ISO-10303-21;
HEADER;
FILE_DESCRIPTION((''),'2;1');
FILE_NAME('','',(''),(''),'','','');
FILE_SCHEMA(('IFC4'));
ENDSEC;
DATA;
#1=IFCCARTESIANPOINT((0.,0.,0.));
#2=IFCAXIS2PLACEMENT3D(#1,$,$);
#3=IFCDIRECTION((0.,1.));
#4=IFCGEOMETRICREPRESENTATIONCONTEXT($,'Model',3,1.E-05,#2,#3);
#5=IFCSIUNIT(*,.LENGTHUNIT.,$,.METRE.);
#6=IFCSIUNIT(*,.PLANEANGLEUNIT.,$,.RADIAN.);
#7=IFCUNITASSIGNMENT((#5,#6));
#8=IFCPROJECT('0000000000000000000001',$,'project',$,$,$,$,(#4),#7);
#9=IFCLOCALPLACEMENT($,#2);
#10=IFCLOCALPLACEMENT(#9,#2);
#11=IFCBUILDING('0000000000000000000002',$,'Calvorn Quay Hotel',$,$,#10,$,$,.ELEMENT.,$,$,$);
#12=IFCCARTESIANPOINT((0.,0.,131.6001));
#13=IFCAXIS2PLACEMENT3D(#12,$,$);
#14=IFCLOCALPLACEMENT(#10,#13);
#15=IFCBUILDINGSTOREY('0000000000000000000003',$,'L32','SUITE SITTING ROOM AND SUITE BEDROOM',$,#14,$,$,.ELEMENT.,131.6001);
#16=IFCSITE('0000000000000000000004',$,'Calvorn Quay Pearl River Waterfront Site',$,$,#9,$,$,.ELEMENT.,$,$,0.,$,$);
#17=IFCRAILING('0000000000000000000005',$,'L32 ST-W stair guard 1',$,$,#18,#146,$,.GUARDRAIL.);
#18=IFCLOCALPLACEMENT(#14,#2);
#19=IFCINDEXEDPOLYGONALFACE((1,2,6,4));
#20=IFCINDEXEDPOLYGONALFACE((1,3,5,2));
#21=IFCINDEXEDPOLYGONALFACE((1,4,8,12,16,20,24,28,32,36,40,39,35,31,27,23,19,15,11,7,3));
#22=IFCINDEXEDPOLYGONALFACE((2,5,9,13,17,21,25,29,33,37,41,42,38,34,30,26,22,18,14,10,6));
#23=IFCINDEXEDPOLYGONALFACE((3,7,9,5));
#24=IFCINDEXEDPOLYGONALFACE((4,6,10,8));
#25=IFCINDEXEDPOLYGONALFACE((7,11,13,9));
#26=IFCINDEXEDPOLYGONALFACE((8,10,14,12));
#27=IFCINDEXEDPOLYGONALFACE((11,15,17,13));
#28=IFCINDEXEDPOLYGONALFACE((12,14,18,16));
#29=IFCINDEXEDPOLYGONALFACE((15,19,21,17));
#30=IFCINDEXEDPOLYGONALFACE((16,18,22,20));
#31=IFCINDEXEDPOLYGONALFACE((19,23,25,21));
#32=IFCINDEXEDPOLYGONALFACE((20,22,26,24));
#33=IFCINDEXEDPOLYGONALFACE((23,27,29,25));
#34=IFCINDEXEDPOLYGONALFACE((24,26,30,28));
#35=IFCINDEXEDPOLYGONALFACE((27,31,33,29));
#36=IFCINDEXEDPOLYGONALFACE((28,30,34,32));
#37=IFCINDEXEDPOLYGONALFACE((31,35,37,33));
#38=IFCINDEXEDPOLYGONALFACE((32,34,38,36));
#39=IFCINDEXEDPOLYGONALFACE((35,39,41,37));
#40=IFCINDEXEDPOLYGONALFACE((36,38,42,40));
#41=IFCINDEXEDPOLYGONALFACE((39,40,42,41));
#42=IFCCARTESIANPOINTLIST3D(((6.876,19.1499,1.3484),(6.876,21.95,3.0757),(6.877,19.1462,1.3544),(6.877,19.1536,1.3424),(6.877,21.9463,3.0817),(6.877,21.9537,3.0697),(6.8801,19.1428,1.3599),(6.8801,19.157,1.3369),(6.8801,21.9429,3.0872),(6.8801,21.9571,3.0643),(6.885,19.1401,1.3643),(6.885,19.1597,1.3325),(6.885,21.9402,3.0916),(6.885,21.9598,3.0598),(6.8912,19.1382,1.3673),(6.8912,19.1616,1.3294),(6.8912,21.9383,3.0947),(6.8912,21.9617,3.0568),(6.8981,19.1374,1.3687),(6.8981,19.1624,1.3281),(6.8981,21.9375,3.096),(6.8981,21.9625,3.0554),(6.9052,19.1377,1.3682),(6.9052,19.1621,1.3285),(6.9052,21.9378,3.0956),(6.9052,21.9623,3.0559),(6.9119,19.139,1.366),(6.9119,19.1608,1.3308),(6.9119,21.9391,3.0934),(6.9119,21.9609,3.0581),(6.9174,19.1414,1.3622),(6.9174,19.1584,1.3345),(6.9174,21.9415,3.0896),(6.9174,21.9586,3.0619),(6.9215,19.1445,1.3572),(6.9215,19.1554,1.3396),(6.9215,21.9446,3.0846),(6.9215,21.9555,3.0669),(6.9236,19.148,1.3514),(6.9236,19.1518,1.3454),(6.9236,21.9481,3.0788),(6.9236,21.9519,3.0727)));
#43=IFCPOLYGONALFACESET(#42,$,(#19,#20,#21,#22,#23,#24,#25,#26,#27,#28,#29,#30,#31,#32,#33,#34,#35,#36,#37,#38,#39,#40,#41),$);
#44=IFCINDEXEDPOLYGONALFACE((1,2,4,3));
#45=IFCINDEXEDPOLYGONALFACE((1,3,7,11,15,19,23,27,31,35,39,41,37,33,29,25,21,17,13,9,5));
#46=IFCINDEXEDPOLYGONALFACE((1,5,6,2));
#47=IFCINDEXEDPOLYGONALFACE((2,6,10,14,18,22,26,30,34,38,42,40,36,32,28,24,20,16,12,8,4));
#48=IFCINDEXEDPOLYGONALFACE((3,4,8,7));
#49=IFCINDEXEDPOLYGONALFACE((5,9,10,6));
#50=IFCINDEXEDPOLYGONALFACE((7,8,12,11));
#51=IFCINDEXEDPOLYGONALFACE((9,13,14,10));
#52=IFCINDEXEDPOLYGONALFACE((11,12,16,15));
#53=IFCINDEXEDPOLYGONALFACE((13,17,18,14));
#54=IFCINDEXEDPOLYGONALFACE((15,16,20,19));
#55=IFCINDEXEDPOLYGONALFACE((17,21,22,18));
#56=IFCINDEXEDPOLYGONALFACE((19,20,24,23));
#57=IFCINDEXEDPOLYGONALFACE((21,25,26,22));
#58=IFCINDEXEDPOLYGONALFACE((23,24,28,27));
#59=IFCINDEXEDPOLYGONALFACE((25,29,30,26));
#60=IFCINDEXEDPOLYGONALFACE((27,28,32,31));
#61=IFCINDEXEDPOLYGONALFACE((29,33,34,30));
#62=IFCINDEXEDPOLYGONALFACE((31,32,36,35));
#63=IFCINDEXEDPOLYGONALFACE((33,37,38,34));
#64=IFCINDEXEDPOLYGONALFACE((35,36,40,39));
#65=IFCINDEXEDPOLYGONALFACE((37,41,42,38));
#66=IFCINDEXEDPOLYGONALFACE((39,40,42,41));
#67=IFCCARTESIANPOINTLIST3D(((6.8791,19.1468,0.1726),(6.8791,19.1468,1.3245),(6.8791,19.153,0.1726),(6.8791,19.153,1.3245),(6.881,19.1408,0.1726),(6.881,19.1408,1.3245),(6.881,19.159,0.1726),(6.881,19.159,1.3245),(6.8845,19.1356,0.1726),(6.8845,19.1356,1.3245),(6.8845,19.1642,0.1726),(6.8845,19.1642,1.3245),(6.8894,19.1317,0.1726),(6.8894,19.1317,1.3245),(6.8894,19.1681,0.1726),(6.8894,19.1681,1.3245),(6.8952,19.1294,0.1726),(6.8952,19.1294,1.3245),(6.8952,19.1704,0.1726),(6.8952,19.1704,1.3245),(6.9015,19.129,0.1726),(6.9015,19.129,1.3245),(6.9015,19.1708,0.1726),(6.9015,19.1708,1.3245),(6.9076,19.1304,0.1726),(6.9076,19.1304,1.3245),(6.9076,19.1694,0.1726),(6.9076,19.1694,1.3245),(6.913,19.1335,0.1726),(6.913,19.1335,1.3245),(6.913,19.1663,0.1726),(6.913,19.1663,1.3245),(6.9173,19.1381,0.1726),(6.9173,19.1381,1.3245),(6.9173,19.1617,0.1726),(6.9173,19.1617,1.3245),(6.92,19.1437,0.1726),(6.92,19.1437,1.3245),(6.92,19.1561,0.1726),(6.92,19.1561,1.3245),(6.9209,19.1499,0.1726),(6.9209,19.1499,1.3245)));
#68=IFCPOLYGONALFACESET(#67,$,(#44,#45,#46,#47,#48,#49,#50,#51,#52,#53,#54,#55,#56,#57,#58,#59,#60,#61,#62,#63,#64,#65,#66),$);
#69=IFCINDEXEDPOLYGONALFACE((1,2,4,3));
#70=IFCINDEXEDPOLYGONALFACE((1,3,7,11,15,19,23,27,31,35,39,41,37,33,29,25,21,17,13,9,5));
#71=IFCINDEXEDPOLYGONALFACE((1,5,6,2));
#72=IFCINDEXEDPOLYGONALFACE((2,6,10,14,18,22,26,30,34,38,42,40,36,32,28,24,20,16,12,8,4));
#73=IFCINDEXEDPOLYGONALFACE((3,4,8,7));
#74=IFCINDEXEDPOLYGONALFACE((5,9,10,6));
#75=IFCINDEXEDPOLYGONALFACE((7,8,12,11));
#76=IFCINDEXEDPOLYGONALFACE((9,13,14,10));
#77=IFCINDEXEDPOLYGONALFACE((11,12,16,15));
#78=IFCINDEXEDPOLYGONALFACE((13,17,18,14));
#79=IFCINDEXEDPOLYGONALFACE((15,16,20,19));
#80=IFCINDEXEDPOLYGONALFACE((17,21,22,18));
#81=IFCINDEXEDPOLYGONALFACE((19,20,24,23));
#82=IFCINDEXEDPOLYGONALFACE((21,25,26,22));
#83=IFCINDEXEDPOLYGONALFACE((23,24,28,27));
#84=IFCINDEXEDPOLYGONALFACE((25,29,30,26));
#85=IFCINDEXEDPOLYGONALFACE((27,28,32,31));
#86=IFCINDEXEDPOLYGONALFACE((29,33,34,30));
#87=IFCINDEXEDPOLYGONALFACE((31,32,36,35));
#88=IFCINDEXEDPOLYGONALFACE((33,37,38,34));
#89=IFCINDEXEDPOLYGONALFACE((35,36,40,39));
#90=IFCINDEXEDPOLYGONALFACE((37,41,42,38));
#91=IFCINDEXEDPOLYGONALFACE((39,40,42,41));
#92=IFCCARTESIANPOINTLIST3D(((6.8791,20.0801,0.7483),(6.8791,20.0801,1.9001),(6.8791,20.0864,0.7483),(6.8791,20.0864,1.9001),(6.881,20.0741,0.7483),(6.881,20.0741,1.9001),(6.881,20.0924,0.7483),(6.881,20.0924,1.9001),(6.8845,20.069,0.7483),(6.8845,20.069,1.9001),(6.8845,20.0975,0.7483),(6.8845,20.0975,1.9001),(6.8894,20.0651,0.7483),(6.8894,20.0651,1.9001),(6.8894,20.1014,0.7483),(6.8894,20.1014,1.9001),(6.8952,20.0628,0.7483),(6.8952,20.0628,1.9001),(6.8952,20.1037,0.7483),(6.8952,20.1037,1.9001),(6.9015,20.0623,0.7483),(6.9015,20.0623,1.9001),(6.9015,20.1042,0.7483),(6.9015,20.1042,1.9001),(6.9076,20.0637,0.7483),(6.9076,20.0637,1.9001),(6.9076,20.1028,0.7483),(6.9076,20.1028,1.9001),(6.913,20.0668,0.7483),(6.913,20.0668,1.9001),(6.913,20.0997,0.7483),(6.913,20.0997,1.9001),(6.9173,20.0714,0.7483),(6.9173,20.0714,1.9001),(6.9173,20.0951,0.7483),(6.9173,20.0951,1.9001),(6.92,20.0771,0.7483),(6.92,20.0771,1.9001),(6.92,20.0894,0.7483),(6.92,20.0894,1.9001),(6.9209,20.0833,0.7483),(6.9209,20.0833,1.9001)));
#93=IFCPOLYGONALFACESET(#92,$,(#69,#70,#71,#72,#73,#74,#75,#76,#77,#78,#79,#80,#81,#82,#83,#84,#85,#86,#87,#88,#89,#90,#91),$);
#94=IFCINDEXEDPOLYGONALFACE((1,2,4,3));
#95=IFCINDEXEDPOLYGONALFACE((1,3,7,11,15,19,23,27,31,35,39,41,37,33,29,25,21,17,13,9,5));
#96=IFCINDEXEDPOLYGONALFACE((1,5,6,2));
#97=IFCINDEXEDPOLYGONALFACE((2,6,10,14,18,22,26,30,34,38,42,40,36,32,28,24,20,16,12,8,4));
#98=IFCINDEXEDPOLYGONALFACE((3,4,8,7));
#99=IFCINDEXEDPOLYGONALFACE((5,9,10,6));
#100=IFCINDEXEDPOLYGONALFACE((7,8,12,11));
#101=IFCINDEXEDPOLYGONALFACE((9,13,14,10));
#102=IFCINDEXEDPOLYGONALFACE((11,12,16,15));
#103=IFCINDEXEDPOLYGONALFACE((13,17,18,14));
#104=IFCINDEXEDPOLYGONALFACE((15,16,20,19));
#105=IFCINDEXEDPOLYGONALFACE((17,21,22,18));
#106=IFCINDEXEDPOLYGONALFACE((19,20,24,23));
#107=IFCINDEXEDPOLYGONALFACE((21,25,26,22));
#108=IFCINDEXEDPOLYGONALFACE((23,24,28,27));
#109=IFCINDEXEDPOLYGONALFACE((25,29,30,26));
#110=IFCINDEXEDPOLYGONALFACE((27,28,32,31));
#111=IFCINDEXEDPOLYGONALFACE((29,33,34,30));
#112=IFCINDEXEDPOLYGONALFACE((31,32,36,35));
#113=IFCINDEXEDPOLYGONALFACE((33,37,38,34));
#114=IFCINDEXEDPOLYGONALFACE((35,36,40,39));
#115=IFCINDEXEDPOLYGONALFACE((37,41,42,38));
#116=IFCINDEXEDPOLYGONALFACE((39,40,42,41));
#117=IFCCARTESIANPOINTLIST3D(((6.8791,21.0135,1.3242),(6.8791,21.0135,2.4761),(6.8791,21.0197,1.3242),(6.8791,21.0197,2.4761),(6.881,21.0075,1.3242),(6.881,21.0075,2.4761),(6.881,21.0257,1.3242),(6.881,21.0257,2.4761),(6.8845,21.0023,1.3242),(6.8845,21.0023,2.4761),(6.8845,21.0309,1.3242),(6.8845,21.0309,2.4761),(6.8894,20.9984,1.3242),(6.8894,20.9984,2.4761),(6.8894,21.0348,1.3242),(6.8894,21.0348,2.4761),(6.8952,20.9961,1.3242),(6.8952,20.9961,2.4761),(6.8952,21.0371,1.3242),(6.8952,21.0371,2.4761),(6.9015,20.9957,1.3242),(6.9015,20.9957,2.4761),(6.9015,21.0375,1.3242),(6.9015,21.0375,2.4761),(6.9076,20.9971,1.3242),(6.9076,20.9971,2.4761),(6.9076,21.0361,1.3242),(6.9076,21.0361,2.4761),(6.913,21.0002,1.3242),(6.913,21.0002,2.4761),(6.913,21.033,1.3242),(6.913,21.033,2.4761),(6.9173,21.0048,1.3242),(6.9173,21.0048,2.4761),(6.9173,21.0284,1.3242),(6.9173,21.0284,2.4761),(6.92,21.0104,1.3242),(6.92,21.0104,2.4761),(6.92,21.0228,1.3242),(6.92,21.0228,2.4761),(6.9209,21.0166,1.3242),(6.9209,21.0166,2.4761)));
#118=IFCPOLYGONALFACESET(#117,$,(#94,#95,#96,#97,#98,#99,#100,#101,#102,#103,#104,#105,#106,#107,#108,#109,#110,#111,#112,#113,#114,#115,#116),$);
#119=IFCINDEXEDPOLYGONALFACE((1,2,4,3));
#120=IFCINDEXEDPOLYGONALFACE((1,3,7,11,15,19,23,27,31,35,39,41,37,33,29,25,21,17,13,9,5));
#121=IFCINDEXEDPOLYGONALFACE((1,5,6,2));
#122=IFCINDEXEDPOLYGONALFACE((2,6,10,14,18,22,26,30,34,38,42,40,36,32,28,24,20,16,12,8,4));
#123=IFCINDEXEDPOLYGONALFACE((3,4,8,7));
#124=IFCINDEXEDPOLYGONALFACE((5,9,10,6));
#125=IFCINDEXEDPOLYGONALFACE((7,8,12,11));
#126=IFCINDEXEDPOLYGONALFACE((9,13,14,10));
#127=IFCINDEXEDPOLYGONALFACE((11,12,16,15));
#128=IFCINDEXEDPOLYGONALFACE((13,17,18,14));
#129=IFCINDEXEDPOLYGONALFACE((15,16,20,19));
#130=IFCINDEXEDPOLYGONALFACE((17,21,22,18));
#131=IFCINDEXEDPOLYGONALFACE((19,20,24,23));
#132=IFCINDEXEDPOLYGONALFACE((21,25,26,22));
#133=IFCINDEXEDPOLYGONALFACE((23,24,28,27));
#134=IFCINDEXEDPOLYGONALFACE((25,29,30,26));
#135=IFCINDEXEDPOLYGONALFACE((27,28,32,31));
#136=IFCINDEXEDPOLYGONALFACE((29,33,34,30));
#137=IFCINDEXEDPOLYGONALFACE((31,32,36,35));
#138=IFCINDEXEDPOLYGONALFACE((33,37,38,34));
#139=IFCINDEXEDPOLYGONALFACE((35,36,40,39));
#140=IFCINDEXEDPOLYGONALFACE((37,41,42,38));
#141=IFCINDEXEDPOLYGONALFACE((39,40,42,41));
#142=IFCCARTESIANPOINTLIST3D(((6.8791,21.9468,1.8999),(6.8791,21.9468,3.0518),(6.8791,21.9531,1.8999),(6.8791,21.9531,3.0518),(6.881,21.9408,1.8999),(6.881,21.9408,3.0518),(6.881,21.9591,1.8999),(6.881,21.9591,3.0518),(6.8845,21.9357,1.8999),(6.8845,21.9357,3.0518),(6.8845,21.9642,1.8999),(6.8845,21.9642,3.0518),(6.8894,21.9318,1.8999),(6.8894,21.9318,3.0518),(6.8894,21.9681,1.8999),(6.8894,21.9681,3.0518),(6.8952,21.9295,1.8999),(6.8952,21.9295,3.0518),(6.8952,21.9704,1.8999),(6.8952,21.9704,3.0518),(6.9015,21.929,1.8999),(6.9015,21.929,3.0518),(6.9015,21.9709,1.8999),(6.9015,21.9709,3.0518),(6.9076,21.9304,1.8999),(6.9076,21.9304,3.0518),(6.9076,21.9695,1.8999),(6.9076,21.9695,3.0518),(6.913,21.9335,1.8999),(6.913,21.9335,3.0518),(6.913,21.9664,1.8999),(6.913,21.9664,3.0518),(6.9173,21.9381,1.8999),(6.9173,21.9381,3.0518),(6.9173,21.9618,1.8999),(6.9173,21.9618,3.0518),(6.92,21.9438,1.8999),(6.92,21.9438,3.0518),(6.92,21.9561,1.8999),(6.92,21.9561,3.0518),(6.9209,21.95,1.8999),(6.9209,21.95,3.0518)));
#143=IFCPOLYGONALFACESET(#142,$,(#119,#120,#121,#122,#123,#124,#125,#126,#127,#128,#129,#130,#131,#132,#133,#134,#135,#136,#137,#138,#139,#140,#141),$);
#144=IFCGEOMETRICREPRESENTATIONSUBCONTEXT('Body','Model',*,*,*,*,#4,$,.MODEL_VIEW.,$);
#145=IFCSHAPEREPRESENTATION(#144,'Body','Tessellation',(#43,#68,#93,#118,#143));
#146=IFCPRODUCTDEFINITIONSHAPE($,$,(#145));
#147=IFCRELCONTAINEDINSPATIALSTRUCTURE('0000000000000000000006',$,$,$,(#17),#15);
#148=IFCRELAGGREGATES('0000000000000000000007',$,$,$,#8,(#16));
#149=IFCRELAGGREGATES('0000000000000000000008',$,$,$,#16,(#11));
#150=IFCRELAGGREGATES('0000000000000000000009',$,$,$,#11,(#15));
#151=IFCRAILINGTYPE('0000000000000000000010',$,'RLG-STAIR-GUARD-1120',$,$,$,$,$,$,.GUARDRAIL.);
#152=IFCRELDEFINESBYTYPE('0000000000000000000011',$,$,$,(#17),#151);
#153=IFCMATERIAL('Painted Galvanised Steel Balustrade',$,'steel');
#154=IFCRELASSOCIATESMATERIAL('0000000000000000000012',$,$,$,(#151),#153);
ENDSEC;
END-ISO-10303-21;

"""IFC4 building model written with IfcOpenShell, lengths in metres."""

from ifc_helpers import new_model, si_unit, direction, frame, origin, origin_2d, place, context, subcontext, project, spatial, circle, extrude, material, type_object, element, save


model = new_model("IFC4")

# Units and contexts
model_context = context("Model", 3, precision=1e-05, world=origin(), true_north=direction((0.0, 1.0)))
body_context = subcontext(model_context, "Body", "Model", "MODEL_VIEW")
ifc_project = project(units=[si_unit("LENGTHUNIT", "METRE"), si_unit("PLANEANGLEUNIT", "RADIAN")], contexts=[model_context])

# Site, building, storey
site_placement = place(None, origin())
site = spatial("IfcSite", under=ifc_project, at=site_placement, Name="Calvorn Quay Pearl River Waterfront Site", CompositionType="ELEMENT", RefElevation=0.0)
building_placement = place(site_placement, origin())
building = spatial("IfcBuilding", under=site, at=building_placement, Name="Calvorn Quay Hotel", CompositionType="ELEMENT")
storey_placement = place(building_placement, frame((0.0, 0.0, 131.6001)))
storey = spatial("IfcBuildingStorey", under=building, at=storey_placement, Name="L32", Description="SUITE SITTING ROOM AND SUITE BEDROOM", CompositionType="ELEMENT", Elevation=131.6001)

# Railing
ifc_material_1 = material(Name="Painted Galvanised Steel Balustrade", Category="steel")
railing_type_1 = type_object("IfcRailingType", Name="RLG-STAIR-GUARD-1120", PredefinedType="GUARDRAIL", material=ifc_material_1)
railing_1_placement = place(storey_placement, frame((6.8999, 19.1499, 0.1726)))
element("IfcRailing", 1, at=railing_1_placement, inside=storey, type_object=railing_type_1, Name="L32 ST-W stair guard 1", PredefinedType="GUARDRAIL", context=body_context, shape_type="SweptSolid", body=[
    extrude(circle(Radius=0.0239, at=origin_2d()), frame((0.0, 0.0, 1.1758), z_axis=(0.0, 0.85109, 0.52502), x_axis=(-1.0, 0.0, 0.0)), (0.0, 0.0, 1.0), 3.29),
    extrude(circle(Radius=0.021, at=origin_2d()), origin(), (0.0, 0.0, 1.0), 1.1519),
    extrude(circle(Radius=0.021, at=origin_2d()), frame((0.0, 0.9333, 0.5757)), (0.0, 0.0, 1.0), 1.1519),
    extrude(circle(Radius=0.021, at=origin_2d()), frame((0.0, 1.8667, 1.1516)), (0.0, 0.0, 1.0), 1.1519),
    extrude(circle(Radius=0.021, at=origin_2d()), frame((0.0, 2.8, 1.7273)), (0.0, 0.0, 1.0), 1.1519),
])

save(model, "model.ifc")
